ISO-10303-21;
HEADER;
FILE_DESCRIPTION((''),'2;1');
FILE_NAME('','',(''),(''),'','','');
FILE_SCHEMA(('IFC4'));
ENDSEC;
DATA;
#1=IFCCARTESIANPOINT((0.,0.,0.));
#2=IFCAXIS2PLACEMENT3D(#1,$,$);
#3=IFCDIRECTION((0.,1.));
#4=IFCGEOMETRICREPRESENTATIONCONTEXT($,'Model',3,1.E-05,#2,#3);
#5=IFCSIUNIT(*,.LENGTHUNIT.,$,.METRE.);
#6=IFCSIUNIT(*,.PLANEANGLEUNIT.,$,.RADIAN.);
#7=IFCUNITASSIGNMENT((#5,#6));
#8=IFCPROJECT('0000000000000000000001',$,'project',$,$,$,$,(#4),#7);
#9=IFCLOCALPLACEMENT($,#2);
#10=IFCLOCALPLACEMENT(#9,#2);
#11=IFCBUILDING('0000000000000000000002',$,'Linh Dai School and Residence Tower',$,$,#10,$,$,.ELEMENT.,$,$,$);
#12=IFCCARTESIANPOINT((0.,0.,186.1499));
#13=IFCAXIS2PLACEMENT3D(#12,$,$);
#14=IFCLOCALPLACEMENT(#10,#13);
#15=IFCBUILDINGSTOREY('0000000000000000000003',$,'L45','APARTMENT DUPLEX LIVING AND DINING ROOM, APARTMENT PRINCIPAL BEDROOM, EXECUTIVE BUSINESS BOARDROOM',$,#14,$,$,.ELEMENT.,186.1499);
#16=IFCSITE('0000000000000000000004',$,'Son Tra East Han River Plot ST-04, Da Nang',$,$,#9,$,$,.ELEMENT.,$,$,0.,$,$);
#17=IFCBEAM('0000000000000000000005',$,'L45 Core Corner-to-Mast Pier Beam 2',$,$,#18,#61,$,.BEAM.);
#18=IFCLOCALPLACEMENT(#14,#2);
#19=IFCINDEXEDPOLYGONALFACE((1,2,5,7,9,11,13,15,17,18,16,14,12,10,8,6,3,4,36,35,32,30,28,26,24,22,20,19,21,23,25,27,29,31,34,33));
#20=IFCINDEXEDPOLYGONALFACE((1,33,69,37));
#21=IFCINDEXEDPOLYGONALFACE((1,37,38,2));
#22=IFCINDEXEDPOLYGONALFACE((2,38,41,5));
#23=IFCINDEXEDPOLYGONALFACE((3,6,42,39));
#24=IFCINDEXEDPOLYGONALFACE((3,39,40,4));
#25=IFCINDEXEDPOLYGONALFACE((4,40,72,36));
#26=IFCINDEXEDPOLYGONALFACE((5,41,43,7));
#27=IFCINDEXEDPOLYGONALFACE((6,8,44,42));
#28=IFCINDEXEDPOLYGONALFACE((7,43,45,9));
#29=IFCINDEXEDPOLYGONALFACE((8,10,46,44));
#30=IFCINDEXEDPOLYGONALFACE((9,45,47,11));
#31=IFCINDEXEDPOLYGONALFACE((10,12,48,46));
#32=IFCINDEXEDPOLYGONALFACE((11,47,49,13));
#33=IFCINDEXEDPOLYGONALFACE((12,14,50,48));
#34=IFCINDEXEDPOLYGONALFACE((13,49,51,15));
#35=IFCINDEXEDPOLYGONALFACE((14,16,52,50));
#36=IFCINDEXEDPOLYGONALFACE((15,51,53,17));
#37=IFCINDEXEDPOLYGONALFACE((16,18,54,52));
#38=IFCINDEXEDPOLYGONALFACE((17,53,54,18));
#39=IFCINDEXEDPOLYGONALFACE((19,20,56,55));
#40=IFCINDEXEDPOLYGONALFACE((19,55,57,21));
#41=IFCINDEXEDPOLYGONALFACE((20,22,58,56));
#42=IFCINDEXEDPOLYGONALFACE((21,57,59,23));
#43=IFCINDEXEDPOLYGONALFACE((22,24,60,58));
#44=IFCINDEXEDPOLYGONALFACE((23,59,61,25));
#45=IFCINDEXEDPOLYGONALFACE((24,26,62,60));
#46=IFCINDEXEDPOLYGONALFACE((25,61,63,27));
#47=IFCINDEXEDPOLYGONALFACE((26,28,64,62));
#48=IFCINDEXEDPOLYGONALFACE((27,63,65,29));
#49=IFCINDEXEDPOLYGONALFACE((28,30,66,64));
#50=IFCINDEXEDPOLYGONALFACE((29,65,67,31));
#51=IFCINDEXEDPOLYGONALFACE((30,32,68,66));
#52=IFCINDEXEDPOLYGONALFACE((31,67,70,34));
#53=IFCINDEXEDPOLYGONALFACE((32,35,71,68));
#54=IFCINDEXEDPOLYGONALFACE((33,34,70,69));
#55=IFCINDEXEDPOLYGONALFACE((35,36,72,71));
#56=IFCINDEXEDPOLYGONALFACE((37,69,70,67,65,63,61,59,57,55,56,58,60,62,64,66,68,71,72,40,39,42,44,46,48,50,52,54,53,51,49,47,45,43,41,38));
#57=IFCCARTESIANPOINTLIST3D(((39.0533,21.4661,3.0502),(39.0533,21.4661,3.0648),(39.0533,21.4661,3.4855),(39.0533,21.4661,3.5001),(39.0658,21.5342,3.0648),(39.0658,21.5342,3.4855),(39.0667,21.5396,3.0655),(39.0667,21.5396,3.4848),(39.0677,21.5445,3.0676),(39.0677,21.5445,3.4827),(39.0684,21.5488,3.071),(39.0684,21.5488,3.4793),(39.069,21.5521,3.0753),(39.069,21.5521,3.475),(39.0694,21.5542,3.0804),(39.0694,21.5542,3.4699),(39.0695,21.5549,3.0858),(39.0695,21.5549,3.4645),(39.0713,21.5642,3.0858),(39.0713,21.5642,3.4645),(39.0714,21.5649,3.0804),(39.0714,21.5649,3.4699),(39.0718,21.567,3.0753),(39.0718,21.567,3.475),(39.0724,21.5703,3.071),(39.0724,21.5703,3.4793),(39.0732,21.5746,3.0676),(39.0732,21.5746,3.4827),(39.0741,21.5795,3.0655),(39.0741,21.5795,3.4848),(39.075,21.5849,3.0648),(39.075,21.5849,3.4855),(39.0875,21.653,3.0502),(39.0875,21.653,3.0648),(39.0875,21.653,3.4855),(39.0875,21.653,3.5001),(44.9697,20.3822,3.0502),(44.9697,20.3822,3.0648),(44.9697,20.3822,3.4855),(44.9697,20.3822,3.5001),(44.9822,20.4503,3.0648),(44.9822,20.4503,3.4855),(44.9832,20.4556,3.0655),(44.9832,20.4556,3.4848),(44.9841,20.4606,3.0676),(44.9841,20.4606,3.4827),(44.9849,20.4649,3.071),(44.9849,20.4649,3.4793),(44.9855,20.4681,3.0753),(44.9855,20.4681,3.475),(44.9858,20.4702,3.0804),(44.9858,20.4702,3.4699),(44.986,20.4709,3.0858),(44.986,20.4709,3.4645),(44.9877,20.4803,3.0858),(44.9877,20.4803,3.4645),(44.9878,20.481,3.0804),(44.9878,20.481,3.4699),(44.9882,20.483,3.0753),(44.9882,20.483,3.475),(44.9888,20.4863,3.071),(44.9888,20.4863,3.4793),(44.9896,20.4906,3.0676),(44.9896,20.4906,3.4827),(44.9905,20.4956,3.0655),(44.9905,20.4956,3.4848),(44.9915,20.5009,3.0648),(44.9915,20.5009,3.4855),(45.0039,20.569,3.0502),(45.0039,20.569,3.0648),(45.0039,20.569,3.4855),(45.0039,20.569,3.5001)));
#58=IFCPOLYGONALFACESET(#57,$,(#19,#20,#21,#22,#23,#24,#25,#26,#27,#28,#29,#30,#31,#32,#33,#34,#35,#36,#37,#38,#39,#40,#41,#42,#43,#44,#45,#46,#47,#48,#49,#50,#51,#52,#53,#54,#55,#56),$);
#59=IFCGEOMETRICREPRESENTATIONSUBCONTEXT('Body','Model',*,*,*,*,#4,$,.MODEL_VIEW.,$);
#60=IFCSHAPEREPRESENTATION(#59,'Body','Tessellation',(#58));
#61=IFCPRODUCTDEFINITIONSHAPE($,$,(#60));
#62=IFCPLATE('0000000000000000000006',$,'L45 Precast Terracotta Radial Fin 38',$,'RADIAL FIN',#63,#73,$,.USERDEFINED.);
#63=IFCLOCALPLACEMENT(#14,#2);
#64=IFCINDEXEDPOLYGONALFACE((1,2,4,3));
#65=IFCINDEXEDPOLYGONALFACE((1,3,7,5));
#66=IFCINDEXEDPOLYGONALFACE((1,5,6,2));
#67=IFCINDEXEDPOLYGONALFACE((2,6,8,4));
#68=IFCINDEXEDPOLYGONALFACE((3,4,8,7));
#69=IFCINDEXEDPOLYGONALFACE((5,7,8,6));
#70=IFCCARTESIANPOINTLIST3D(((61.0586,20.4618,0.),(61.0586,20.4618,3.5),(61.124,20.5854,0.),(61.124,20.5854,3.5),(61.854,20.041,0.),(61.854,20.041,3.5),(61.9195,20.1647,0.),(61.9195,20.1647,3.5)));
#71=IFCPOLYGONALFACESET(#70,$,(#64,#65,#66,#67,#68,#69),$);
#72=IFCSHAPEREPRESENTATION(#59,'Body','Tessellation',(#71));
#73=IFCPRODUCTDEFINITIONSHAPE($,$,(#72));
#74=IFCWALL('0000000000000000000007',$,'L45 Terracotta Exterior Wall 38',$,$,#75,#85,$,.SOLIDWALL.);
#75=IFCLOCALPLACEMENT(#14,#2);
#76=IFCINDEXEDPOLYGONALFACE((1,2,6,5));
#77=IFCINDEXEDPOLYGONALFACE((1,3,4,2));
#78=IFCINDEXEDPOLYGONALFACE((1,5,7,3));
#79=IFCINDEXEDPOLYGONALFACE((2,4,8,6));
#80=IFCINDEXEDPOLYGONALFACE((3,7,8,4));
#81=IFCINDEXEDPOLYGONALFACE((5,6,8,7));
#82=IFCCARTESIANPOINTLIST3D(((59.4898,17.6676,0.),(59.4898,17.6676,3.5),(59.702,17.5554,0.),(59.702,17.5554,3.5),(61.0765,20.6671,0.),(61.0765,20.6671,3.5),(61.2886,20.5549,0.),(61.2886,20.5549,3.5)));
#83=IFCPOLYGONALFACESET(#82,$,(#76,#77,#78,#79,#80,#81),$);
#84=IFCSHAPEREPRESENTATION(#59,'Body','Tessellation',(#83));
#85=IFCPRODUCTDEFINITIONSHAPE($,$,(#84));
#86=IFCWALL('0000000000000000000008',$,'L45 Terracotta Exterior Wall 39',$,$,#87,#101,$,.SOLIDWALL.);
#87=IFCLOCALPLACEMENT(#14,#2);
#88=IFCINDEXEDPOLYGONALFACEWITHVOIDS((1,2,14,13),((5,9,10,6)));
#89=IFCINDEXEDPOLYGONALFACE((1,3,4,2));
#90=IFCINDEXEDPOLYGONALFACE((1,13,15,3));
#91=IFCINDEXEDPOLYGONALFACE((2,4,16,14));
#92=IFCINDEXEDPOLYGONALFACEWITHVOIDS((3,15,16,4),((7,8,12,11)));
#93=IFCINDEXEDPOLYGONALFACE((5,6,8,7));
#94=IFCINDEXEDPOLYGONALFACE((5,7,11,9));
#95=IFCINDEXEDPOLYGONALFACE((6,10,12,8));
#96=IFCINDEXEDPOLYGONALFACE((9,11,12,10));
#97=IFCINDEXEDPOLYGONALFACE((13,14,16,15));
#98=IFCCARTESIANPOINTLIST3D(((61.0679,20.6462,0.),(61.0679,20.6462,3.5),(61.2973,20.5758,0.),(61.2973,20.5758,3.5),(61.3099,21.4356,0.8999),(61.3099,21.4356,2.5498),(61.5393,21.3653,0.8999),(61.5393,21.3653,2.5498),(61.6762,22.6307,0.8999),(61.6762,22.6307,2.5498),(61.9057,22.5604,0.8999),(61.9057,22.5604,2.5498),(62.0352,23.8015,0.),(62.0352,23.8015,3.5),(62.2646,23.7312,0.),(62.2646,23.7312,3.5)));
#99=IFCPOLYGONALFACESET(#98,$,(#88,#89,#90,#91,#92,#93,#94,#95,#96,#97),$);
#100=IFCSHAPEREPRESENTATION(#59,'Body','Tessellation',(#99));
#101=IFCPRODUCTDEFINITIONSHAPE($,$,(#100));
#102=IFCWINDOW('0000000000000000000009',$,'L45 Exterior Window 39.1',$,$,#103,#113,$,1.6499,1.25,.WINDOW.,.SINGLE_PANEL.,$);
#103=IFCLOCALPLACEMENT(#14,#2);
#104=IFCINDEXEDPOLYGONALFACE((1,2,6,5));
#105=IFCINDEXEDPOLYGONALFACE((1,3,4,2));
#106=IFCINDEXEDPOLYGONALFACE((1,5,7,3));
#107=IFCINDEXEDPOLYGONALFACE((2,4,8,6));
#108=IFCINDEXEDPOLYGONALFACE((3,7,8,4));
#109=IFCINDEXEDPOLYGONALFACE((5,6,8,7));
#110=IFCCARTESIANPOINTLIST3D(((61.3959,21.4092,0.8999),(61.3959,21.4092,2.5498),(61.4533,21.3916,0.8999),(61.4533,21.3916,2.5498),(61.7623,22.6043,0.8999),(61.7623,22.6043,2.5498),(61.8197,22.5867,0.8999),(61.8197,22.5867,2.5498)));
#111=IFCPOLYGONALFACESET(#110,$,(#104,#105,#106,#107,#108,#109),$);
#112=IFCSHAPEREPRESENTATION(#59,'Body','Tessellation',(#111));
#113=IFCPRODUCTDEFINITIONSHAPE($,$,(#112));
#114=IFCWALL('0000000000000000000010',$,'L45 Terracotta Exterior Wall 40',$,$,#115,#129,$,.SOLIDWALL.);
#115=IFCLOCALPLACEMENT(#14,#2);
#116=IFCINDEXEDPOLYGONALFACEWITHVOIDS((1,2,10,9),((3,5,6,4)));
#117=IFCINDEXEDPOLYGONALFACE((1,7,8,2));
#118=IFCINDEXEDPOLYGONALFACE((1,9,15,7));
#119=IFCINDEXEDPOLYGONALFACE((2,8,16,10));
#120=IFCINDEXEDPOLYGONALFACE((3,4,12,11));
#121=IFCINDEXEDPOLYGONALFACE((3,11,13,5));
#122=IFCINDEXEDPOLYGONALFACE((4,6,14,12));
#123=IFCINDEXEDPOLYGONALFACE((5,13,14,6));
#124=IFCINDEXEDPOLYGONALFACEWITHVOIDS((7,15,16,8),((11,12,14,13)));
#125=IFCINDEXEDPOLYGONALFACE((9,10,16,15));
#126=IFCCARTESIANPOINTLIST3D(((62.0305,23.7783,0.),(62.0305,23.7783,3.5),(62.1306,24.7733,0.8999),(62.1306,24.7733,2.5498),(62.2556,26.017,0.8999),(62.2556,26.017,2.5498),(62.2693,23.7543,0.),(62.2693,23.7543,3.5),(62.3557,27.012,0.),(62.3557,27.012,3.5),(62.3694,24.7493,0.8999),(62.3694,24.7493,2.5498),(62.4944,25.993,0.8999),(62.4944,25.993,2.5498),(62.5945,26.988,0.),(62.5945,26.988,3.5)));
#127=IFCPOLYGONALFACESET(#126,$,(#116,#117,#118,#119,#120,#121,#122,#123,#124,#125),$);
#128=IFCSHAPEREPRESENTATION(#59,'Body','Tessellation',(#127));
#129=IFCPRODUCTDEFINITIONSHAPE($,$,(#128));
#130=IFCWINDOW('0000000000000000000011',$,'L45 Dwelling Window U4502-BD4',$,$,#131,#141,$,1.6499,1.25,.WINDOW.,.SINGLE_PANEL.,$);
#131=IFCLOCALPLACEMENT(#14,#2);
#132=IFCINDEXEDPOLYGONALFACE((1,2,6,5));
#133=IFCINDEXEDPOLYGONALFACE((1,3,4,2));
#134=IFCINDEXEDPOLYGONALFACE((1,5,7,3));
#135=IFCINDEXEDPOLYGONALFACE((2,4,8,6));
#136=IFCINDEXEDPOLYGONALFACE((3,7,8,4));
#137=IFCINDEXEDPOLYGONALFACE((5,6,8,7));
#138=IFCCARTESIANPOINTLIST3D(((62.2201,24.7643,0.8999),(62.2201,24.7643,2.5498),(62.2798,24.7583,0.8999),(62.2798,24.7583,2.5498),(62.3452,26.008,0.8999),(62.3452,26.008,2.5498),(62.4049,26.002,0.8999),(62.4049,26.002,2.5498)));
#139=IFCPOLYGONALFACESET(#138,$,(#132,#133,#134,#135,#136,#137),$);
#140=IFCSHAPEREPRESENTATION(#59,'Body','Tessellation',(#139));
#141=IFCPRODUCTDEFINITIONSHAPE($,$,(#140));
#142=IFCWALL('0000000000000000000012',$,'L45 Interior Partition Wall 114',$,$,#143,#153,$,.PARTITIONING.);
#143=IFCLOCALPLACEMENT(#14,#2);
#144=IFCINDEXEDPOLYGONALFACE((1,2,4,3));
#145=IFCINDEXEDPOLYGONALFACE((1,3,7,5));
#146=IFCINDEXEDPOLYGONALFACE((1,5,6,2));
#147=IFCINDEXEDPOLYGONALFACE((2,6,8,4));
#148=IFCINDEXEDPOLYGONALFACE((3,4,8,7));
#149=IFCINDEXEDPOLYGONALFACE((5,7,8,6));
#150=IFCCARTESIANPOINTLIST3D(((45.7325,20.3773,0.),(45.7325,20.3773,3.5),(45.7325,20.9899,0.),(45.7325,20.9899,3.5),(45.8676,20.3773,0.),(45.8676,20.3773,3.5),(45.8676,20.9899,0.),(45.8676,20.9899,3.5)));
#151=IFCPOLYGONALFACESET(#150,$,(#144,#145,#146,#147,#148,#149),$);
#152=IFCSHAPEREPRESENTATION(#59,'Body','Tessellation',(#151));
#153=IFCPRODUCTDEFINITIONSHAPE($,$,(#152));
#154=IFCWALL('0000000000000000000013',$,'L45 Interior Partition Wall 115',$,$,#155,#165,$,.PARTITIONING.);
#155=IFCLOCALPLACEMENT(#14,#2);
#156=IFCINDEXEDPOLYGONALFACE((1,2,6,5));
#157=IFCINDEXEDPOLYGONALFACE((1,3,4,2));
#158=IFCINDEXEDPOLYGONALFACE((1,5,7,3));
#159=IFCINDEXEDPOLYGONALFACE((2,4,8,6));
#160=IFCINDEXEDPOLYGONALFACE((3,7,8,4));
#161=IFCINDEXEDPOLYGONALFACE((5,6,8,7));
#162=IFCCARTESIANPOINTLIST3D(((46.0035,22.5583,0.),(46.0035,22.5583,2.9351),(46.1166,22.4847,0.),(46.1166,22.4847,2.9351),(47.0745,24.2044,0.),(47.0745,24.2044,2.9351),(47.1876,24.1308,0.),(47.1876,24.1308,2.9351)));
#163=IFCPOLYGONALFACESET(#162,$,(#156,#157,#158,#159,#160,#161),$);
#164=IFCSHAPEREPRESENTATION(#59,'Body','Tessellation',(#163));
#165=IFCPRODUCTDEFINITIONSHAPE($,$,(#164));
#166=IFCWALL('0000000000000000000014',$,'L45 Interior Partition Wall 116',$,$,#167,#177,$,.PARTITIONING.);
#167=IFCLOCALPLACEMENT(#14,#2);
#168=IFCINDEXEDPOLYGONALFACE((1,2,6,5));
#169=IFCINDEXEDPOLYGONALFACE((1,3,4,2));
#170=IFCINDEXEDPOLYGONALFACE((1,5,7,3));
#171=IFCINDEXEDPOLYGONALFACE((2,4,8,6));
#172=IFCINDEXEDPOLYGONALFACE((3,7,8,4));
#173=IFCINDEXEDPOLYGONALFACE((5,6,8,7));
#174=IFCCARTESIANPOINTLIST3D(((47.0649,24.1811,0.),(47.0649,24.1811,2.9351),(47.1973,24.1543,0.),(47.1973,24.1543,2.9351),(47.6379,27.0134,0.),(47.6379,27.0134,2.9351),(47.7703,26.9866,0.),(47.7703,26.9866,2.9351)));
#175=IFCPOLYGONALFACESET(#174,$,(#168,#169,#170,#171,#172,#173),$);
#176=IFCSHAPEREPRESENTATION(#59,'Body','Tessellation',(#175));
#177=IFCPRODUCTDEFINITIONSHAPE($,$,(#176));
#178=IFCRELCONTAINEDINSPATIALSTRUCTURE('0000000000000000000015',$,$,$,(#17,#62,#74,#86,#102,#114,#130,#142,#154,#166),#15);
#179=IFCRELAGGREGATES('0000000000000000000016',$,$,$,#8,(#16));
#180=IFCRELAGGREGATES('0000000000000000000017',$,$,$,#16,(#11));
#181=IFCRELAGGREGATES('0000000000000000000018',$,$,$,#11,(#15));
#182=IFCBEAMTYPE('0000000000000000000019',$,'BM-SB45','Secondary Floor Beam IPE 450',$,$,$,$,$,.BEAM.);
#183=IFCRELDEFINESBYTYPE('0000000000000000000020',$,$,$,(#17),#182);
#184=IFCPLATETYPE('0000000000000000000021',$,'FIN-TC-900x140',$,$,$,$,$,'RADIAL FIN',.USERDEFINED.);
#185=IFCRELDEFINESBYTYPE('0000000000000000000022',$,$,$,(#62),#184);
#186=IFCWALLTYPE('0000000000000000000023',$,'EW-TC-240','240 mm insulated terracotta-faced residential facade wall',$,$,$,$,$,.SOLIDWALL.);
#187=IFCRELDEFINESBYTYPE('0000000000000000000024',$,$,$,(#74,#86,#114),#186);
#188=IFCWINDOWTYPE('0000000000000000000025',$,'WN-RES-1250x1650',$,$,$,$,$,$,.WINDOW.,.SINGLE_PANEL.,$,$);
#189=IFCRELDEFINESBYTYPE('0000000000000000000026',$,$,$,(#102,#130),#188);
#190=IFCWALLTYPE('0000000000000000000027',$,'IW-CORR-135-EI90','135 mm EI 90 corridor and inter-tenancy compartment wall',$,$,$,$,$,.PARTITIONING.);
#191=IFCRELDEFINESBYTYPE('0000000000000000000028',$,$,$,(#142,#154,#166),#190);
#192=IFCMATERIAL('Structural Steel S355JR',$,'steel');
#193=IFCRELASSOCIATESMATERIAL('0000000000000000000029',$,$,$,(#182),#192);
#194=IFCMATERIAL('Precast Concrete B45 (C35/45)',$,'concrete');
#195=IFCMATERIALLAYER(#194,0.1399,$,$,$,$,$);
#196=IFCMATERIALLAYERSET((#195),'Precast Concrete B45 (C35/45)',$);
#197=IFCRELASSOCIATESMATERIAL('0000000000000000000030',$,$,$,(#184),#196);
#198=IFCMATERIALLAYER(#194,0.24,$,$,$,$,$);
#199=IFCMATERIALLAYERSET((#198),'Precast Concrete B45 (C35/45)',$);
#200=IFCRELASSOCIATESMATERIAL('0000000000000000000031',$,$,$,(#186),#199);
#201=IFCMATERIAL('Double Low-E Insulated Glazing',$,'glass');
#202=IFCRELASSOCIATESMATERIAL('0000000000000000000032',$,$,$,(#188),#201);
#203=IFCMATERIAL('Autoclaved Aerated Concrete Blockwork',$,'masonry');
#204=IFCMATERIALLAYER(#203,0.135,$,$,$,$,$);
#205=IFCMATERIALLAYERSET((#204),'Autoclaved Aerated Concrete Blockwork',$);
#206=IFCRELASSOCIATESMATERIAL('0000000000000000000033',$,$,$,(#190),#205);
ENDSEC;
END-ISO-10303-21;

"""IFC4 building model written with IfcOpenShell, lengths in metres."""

from ifc_helpers import new_model, si_unit, direction, frame, frame_2d, origin, origin_2d, place, context, subcontext, project, spatial, rectangle, i_section, extrude, source, transform, mapped, material, layer, layer_set, material_profile, profile_set, type_object, element, fill, save


model = new_model("IFC4")

# Units and contexts
model_context = context("Model", 3, precision=1e-05, world=origin(), true_north=direction((0.0, 1.0)))
body_context = subcontext(model_context, "Body", "Model", "MODEL_VIEW")
ifc_project = project(units=[si_unit("LENGTHUNIT", "METRE"), si_unit("PLANEANGLEUNIT", "RADIAN")], contexts=[model_context])

# Site, building, storey
site_placement = place(None, origin())
site = spatial("IfcSite", under=ifc_project, at=site_placement, Name="Son Tra East Han River Plot ST-04, Da Nang", CompositionType="ELEMENT", RefElevation=0.0)
building_placement = place(site_placement, origin())
building = spatial("IfcBuilding", under=site, at=building_placement, Name="Linh Dai School and Residence Tower", CompositionType="ELEMENT")
storey_placement = place(building_placement, frame((0.0, 0.0, 186.1499)))
storey = spatial("IfcBuildingStorey", under=building, at=storey_placement, Name="L45", Description="APARTMENT DUPLEX LIVING AND DINING ROOM, APARTMENT PRINCIPAL BEDROOM, EXECUTIVE BUSINESS BOARDROOM", CompositionType="ELEMENT", Elevation=186.1499)

# Shared definitions
ifc_material_1 = material(Name="Structural Steel S355JR", Category="steel")

# Beam
ifc_material_profile_1 = material_profile(ifc_material_1, i_section(OverallWidth=0.1899, OverallDepth=0.45, WebThickness=0.0095, FlangeThickness=0.0146, FilletRadius=0.021, at=origin_2d()), Name="IPE 450")
ifc_profile_set_1 = profile_set([ifc_material_profile_1], Name="Structural Steel S355JR")
beam_type_1 = type_object("IfcBeamType", Name="BM-SB45", Description="Secondary Floor Beam IPE 450", PredefinedType="BEAM", material=ifc_profile_set_1)
beam_1_placement = place(storey_placement, frame((44.9868, 20.4756, 3.2751), z_axis=(-0.983627, 0.180214, 0.0), x_axis=(-0.180214, -0.983627, 0.0)))
element("IfcBeam", 1, at=beam_1_placement, inside=storey, type_object=beam_type_1, Name="L45 Core Corner-to-Mast Pier Beam 2", PredefinedType="BEAM", context=body_context, shape_type="SweptSolid", body=[
    extrude(i_section(OverallWidth=0.1899, OverallDepth=0.45, WebThickness=0.0095, FlangeThickness=0.0146, FilletRadius=0.021, at=origin_2d()), origin(), (0.0, 0.0, 1.0), 6.0149),
])

# Plate
ifc_material_2 = material(Name="Precast Concrete B45 (C35/45)", Category="concrete")
ifc_layer_1 = layer(ifc_material_2, 0.1399)
ifc_layer_set_1 = layer_set([ifc_layer_1], Name="Precast Concrete B45 (C35/45)")
plate_type = type_object("IfcPlateType", Name="FIN-TC-900x140", ElementType="RADIAL FIN", PredefinedType="USERDEFINED", material=ifc_layer_set_1)
shared_shape_1 = source(origin(), body_context, "Body", "SweptSolid", [
    extrude(rectangle(XDim=0.8999, YDim=0.1399, at=origin_2d()), origin(), (0.0, 0.0, 1.0), 3.5),
])
plate_placement = place(storey_placement, frame((61.489, 20.3132, 0.0), z_axis=(0.0, 0.0, 1.0), x_axis=(0.883951, -0.46758, 0.0)))
element("IfcPlate", 2, at=plate_placement, inside=storey, type_object=plate_type, Name="L45 Precast Terracotta Radial Fin 38", ObjectType="RADIAL FIN", PredefinedType="USERDEFINED", context=body_context, shape_type="MappedRepresentation", body=[
    mapped(shared_shape_1, transform((0.0, 0.0, 0.0), x_axis=(1.0, 0.0, 0.0), y_axis=(0.0, 1.0, 0.0), z_axis=(0.0, 0.0, 1.0), scale=1.0)),
])

# Wall
ifc_layer_2 = layer(ifc_material_2, 0.24)
ifc_layer_set_2 = layer_set([ifc_layer_2], Name="Precast Concrete B45 (C35/45)")
wall_type_1 = type_object("IfcWallType", Name="EW-TC-240", Description="240 mm insulated terracotta-faced residential facade wall", PredefinedType="SOLIDWALL", material=ifc_layer_set_2)
wall_1_placement = place(storey_placement, frame((61.1826, 20.6111, 0.0), z_axis=(0.0, 0.0, 1.0), x_axis=(-0.467587, -0.883947, 0.0)))
element("IfcWall", 3, at=wall_1_placement, inside=storey, type_object=wall_type_1, Name="L45 Terracotta Exterior Wall 38", PredefinedType="SOLIDWALL", context=body_context, shape_type="SweptSolid", body=[
    extrude(rectangle(XDim=3.3933, YDim=0.24, at=frame_2d((1.6968, 0.0))), origin(), (0.0, 0.0, 1.0), 3.5),
])

# Walls, openings, windows
wall_2_placement = place(storey_placement, frame((62.1499, 23.7664, 0.0), z_axis=(0.0, 0.0, 1.0), x_axis=(-0.293098, -0.956082, 0.0)))
wall_2 = element("IfcWall", 4, at=wall_2_placement, inside=storey, type_object=wall_type_1, Name="L45 Terracotta Exterior Wall 39", PredefinedType="SOLIDWALL", context=body_context, shape_type="SweptSolid", body=[
    extrude(rectangle(XDim=3.3003, YDim=0.24, at=frame_2d((1.6501, 0.0))), origin(), (0.0, 0.0, 1.0), 3.5),
])
opening_1_placement = place(wall_2_placement, frame((1.2246, 0.0, 0.8999)))
opening_1 = element("IfcOpeningElement", 5, at=opening_1_placement, cuts=wall_2, PredefinedType="OPENING", context=body_context, shape_type="SweptSolid", body=[
    extrude(rectangle(XDim=1.25, YDim=1.6499, at=origin_2d()), frame((0.625, 0.1299, 0.825), z_axis=(0.0, -1.0, 0.0), x_axis=(1.0, 0.0, 0.0)), (0.0, 0.0, 1.0), 0.26),
])
ifc_material_3 = material(Name="Double Low-E Insulated Glazing", Category="glass")
window_type = type_object("IfcWindowType", Name="WN-RES-1250x1650", PartitioningType="SINGLE_PANEL", PredefinedType="WINDOW", material=ifc_material_3)
shared_shape_2 = source(origin(), body_context, "Body", "SweptSolid", [
    extrude(rectangle(XDim=1.25, YDim=1.6499, at=origin_2d()), frame((0.625, 0.03, 0.825), z_axis=(0.0, -1.0, 0.0), x_axis=(1.0, 0.0, 0.0)), (0.0, 0.0, 1.0), 0.0601),
])
window_1_placement = place(opening_1_placement, origin())
window_1 = element("IfcWindow", 6, at=window_1_placement, inside=storey, type_object=window_type, Name="L45 Exterior Window 39.1", OverallHeight=1.6499, OverallWidth=1.25, PartitioningType="SINGLE_PANEL", PredefinedType="WINDOW", context=body_context, shape_type="MappedRepresentation", body=[
    mapped(shared_shape_2, transform((0.0, 0.0, 0.0), x_axis=(1.0, 0.0, 0.0), y_axis=(0.0, 1.0, 0.0), z_axis=(0.0, 0.0, 1.0), scale=1.0)),
])
fill(opening_1, window_1)
wall_3_placement = place(storey_placement, frame((62.4751, 27.0, 0.0), z_axis=(0.0, 0.0, 1.0), x_axis=(-0.100062, -0.994981, 0.0)))
wall_3 = element("IfcWall", 7, at=wall_3_placement, inside=storey, type_object=wall_type_1, Name="L45 Terracotta Exterior Wall 40", PredefinedType="SOLIDWALL", context=body_context, shape_type="SweptSolid", body=[
    extrude(rectangle(XDim=3.25, YDim=0.24, at=frame_2d((1.625, 0.0))), origin(), (0.0, 0.0, 1.0), 3.5),
])
opening_2_placement = place(wall_3_placement, frame((1.0, 0.0, 0.8999)))
opening_2 = element("IfcOpeningElement", 8, at=opening_2_placement, cuts=wall_3, PredefinedType="OPENING", context=body_context, shape_type="SweptSolid", body=[
    extrude(rectangle(XDim=1.25, YDim=1.6499, at=origin_2d()), frame((0.625, 0.1299, 0.825), z_axis=(0.0, -1.0, 0.0), x_axis=(1.0, 0.0, 0.0)), (0.0, 0.0, 1.0), 0.26),
])
window_2_placement = place(opening_2_placement, origin())
window_2 = element("IfcWindow", 9, at=window_2_placement, inside=storey, type_object=window_type, Name="L45 Dwelling Window U4502-BD4", OverallHeight=1.6499, OverallWidth=1.25, PartitioningType="SINGLE_PANEL", PredefinedType="WINDOW", context=body_context, shape_type="MappedRepresentation", body=[
    mapped(shared_shape_2, transform((0.0, 0.0, 0.0), x_axis=(1.0, 0.0, 0.0), y_axis=(0.0, 1.0, 0.0), z_axis=(0.0, 0.0, 1.0), scale=1.0)),
])
fill(opening_2, window_2)

# Walls
ifc_material_4 = material(Name="Autoclaved Aerated Concrete Blockwork", Category="masonry")
ifc_layer_3 = layer(ifc_material_4, 0.135)
ifc_layer_set_3 = layer_set([ifc_layer_3], Name="Autoclaved Aerated Concrete Blockwork")
wall_type_2 = type_object("IfcWallType", Name="IW-CORR-135-EI90", Description="135 mm EI 90 corridor and inter-tenancy compartment wall", PredefinedType="PARTITIONING", material=ifc_layer_set_3)
wall_4_placement = place(storey_placement, frame((45.8, 20.3774, 0.0), z_axis=(0.0, 0.0, 1.0), x_axis=(0.0, 1.0, 0.0)))
element("IfcWall", 10, at=wall_4_placement, inside=storey, type_object=wall_type_2, Name="L45 Interior Partition Wall 114", PredefinedType="PARTITIONING", context=body_context, shape_type="SweptSolid", body=[
    extrude(rectangle(XDim=0.6125, YDim=0.135, at=frame_2d((0.3062, 0.0))), origin(), (0.0, 0.0, 1.0), 3.5),
])
wall_5_placement = place(storey_placement, frame((46.0601, 22.5215, 0.0), z_axis=(0.0, 0.0, 1.0), x_axis=(0.545342, 0.838213, 0.0)))
element("IfcWall", 11, at=wall_5_placement, inside=storey, type_object=wall_type_2, Name="L45 Interior Partition Wall 115", PredefinedType="PARTITIONING", context=body_context, shape_type="SweptSolid", body=[
    extrude(rectangle(XDim=1.9639, YDim=0.135, at=frame_2d((0.9819, 0.0))), origin(), (0.0, 0.0, 1.0), 2.9351),
])
for number, where, z_axis, x_axis, name in (
    (12, (47.1311, 24.1677, 0.0), (0.0, 0.0, 1.0), (0.198293, 0.980143, 0.0), "L45 Interior Partition Wall 116"),
):
    element("IfcWall", number, at=place(storey_placement, frame(where, z_axis=z_axis, x_axis=x_axis)), inside=storey, type_object=wall_type_2, Name=name, PredefinedType="PARTITIONING", context=body_context, shape_type="SweptSolid", body=[
        extrude(rectangle(XDim=2.8896, YDim=0.135, at=frame_2d((1.4448, 0.0))), origin(), (0.0, 0.0, 1.0), 2.9351),
    ])

save(model, "model.ifc")
